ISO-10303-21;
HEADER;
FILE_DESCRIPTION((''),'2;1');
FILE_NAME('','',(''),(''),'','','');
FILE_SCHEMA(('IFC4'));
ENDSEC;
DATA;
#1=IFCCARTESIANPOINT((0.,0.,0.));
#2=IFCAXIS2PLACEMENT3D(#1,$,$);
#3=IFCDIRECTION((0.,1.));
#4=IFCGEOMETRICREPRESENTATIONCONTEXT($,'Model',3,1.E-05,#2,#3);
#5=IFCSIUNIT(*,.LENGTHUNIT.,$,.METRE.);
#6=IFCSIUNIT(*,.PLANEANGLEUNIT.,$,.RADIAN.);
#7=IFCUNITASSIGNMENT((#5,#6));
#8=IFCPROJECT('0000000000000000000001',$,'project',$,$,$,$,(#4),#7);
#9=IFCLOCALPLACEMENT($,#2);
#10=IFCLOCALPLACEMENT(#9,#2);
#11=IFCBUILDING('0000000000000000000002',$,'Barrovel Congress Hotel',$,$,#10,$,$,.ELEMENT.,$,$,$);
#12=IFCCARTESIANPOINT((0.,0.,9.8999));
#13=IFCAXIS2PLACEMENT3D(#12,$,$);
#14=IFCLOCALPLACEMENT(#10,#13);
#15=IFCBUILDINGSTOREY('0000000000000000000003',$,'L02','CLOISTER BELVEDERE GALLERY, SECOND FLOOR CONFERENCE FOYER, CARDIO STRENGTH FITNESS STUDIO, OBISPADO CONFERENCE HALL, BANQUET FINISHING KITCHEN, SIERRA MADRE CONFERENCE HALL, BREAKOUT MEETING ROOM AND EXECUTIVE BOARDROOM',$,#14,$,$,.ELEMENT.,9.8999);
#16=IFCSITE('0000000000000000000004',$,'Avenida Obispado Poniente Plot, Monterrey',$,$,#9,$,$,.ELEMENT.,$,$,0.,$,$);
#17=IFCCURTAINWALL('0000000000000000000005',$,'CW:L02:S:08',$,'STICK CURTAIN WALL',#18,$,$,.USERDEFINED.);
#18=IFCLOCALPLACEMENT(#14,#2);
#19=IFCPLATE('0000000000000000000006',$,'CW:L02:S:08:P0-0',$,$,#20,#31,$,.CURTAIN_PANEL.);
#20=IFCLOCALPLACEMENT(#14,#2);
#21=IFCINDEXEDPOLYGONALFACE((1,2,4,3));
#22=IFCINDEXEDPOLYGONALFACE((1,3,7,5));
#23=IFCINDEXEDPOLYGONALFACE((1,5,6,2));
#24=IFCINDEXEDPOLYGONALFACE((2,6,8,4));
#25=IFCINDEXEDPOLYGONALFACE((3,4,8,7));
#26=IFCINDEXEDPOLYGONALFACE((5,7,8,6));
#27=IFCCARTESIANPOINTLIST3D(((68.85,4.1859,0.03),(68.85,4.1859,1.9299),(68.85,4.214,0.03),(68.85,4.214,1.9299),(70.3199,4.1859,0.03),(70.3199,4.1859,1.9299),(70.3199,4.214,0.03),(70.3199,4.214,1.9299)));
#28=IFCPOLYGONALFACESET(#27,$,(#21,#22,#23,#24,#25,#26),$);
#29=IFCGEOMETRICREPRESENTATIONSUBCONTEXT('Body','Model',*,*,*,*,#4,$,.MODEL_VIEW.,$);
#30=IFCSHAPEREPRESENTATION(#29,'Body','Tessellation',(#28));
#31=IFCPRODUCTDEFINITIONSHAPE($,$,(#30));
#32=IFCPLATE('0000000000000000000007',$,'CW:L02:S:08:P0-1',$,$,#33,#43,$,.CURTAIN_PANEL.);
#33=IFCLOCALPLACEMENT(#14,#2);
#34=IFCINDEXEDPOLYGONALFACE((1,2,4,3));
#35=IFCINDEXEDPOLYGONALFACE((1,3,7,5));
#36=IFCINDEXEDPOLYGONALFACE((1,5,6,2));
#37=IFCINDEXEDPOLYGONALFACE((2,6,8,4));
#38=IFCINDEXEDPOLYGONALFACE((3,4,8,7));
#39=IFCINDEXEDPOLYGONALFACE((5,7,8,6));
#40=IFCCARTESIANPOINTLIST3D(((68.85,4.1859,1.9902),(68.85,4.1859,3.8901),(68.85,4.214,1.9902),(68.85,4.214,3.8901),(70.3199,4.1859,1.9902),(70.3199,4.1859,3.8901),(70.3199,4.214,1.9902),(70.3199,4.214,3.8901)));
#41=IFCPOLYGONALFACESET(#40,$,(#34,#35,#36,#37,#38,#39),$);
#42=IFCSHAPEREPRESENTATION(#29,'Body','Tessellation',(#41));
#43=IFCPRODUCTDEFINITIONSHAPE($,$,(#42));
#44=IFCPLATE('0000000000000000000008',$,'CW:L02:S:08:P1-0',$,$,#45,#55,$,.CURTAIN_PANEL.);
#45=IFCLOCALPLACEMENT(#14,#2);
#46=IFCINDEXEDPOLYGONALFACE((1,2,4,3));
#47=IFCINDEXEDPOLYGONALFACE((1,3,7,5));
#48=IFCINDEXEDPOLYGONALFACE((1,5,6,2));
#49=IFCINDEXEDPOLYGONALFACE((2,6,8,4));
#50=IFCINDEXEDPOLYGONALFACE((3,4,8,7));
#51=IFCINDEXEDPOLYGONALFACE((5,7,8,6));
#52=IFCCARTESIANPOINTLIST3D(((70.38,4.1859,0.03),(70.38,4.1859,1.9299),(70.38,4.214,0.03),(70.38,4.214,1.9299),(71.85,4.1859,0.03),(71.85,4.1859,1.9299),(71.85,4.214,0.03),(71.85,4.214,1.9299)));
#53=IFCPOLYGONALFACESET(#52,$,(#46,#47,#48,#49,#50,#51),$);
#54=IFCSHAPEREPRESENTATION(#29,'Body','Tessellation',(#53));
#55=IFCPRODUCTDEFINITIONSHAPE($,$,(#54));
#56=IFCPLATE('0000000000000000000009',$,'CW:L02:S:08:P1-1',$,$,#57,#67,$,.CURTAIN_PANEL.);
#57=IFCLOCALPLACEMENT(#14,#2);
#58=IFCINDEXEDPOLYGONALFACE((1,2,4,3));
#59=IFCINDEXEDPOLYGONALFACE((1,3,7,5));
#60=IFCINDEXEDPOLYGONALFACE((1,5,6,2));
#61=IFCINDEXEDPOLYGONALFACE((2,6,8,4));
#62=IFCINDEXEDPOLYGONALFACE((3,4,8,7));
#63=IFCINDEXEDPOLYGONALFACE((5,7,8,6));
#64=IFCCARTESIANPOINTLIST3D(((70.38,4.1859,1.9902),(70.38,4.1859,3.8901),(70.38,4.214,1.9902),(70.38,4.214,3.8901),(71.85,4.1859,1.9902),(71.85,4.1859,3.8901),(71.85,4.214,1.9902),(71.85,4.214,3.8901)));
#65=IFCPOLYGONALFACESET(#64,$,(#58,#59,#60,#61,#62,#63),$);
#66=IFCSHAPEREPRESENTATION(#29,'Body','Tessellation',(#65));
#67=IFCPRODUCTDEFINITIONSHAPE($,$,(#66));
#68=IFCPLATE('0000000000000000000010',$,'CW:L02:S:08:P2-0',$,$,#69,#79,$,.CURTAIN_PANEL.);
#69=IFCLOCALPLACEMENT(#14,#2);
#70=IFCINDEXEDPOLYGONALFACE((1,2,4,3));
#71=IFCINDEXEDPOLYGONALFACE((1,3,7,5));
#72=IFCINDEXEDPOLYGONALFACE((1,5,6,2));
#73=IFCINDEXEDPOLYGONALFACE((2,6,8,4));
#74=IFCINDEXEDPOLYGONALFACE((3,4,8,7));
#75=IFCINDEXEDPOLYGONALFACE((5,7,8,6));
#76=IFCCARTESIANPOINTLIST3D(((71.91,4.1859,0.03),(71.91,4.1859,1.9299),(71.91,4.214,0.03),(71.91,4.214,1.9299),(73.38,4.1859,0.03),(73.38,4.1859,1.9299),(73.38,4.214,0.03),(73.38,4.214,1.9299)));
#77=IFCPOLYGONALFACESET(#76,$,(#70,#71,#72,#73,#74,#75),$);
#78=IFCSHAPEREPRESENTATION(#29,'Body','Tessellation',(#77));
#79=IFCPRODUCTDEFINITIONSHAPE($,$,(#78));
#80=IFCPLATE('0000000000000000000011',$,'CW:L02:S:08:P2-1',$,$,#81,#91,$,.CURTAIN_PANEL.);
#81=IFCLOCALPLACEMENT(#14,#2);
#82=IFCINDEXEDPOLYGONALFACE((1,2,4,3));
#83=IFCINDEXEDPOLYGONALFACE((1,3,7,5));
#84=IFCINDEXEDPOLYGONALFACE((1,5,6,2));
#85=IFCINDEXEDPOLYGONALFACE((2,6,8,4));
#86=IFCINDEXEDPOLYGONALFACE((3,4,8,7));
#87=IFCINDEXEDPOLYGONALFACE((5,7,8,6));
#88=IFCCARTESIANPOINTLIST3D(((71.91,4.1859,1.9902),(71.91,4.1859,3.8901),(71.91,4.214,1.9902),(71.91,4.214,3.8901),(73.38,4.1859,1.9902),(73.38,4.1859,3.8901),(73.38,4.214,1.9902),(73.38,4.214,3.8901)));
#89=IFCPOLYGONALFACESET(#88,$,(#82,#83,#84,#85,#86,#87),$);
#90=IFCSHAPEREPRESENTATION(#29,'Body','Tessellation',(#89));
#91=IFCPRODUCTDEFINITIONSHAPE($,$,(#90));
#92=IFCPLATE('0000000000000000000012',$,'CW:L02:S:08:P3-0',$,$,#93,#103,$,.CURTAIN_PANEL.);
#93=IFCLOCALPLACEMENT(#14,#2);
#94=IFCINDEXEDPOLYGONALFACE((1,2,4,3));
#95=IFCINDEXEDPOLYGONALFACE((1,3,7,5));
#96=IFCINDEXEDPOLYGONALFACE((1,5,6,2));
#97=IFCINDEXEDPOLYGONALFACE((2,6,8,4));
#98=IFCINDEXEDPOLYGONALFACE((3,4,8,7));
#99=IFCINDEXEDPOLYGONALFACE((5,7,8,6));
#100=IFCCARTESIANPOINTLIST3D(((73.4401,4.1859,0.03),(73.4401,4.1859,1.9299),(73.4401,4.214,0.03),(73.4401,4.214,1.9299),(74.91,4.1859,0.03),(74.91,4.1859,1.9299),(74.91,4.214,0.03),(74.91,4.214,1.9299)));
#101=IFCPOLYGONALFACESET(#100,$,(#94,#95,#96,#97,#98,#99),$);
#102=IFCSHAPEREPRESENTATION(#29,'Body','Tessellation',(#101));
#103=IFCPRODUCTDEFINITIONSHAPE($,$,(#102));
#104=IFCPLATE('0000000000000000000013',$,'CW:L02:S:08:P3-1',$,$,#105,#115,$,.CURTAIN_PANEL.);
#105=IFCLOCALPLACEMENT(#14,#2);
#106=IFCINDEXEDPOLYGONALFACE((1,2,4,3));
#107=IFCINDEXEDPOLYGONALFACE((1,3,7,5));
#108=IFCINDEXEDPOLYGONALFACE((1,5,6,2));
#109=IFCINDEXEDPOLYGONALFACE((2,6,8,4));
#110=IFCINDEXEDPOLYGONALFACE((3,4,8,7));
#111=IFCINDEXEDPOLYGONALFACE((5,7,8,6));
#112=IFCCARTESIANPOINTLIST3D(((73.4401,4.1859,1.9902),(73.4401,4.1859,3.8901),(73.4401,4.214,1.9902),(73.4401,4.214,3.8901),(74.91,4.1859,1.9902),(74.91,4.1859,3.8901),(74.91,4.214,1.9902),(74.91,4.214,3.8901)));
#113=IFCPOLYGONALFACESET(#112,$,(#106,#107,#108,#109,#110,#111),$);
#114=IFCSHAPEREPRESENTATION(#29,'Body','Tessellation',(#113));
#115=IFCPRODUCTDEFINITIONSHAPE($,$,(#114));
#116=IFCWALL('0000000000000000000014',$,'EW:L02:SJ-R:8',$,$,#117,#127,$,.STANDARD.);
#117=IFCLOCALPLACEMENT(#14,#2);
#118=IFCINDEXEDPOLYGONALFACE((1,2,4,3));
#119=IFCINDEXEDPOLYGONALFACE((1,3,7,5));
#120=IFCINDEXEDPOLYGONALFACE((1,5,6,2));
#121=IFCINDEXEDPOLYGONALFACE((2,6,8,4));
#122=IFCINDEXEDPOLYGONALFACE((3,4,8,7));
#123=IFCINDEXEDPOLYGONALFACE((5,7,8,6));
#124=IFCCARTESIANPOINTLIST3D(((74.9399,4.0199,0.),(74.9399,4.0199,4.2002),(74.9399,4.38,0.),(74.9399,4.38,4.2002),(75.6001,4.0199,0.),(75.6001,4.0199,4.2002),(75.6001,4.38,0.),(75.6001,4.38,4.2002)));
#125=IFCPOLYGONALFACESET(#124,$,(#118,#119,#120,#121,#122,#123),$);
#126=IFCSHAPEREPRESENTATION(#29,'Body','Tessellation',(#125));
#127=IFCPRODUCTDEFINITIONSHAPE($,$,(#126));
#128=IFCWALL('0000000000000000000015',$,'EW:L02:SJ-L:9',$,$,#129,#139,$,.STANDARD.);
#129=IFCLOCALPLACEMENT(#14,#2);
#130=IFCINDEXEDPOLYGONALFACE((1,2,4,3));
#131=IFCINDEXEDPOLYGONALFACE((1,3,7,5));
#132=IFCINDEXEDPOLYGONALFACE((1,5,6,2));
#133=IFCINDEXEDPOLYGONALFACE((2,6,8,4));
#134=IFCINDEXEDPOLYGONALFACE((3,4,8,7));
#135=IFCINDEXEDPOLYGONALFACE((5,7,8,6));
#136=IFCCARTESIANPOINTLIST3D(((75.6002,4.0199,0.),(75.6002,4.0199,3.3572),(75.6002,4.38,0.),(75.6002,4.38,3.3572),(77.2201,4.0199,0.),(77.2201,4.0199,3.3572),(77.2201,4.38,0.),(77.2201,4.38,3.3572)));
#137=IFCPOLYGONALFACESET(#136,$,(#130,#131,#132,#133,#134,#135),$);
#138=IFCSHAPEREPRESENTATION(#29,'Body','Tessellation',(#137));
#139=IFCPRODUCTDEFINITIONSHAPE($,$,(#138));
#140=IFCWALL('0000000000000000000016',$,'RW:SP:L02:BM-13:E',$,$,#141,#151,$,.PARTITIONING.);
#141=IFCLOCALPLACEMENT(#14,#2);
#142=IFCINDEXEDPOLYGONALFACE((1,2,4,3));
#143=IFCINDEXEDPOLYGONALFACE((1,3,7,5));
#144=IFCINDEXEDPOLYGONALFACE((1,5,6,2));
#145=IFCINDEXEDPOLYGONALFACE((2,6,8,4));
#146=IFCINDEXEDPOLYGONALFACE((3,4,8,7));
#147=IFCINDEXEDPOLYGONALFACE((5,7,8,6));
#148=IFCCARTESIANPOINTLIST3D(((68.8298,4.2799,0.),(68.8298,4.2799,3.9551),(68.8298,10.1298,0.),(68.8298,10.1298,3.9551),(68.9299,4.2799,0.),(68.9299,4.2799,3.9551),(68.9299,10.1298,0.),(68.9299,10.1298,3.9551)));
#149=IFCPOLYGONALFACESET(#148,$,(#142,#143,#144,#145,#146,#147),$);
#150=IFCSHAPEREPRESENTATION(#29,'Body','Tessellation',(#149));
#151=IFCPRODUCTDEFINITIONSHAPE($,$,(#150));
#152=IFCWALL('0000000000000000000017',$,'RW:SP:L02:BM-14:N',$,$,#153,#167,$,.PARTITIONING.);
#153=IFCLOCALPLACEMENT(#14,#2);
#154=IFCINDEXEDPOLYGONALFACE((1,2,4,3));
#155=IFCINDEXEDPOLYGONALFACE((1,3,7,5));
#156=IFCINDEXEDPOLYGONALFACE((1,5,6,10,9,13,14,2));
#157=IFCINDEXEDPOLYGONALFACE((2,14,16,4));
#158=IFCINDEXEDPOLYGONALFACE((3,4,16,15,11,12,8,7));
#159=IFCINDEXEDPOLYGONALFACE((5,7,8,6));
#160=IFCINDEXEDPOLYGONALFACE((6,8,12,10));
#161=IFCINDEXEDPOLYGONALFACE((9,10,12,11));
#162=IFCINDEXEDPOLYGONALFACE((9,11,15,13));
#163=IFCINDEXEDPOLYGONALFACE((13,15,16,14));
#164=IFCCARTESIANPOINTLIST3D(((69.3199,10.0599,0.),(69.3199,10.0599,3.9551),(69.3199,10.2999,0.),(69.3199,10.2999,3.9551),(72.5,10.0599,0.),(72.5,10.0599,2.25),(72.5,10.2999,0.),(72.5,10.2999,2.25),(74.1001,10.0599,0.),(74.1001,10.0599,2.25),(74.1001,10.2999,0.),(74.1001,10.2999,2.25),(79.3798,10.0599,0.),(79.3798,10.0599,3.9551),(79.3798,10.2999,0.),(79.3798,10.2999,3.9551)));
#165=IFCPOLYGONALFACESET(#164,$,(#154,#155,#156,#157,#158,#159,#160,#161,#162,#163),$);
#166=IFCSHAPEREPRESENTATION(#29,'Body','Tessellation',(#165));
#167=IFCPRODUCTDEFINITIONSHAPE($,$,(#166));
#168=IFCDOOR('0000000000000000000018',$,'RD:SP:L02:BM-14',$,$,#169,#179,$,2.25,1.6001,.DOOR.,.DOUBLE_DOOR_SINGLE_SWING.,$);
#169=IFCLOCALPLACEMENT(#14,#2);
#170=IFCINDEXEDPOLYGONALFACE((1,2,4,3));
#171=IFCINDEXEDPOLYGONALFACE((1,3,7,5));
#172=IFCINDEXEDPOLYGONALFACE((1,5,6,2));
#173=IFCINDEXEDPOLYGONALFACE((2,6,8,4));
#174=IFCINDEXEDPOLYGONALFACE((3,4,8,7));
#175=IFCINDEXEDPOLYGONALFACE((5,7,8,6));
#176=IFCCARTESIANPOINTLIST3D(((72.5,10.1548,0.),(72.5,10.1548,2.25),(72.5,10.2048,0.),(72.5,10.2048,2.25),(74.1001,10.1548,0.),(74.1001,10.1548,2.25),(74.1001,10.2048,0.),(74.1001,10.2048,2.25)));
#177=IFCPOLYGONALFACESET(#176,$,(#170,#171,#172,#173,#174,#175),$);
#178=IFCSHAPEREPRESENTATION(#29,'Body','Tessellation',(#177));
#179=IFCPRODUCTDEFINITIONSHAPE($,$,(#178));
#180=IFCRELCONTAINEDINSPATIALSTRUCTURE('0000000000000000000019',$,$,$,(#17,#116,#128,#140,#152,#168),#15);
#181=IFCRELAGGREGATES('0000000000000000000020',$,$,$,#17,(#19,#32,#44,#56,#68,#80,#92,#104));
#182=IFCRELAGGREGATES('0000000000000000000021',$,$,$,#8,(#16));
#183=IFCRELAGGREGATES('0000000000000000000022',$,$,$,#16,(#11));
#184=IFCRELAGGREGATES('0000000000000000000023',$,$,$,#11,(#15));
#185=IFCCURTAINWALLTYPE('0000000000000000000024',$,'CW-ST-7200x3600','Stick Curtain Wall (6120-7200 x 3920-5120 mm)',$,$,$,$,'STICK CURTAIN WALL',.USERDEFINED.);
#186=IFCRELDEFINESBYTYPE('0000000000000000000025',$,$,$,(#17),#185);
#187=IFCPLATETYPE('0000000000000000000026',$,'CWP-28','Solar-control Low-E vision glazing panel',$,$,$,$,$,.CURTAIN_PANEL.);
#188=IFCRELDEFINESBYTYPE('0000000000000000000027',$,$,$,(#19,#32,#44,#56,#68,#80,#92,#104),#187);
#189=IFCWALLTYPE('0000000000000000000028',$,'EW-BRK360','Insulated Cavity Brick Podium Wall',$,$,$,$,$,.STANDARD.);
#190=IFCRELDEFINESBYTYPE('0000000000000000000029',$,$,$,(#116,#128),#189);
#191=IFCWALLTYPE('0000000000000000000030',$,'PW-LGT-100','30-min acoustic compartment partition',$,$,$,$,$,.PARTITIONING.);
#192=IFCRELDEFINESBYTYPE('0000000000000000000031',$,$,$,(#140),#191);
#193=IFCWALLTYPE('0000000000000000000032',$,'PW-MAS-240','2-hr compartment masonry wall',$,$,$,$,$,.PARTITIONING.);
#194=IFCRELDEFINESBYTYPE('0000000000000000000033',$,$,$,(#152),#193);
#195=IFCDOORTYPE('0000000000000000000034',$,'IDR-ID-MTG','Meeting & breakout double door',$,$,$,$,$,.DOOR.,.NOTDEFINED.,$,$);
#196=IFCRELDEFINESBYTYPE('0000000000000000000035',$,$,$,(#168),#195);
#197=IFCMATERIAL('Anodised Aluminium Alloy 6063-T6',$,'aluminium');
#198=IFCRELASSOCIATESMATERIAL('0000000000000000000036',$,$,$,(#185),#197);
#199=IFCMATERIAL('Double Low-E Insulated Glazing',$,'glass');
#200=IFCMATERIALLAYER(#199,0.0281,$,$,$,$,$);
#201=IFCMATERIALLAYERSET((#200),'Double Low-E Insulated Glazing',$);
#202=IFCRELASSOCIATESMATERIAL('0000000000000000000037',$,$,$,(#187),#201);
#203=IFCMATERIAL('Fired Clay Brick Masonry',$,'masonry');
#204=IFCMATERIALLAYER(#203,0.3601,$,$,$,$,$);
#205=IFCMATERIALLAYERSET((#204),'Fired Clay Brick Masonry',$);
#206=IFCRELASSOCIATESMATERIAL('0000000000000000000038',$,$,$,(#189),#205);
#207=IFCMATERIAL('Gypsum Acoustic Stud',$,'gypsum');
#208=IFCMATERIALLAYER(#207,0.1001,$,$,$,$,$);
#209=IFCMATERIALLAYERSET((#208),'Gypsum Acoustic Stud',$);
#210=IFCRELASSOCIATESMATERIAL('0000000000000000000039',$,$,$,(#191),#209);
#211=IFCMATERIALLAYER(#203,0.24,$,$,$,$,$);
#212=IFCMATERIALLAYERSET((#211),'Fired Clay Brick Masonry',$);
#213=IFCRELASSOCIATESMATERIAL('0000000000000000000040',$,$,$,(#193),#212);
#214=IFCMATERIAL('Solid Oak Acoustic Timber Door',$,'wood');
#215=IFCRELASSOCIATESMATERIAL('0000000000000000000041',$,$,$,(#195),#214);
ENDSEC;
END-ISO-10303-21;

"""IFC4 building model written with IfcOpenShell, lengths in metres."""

from ifc_helpers import new_model, si_unit, direction, frame, frame_2d, origin, origin_2d, place, context, subcontext, project, spatial, rectangle, extrude, material, layer, layer_set, type_object, element, fill, aggregate, save


model = new_model("IFC4")

# Units and contexts
model_context = context("Model", 3, precision=1e-05, world=origin(), true_north=direction((0.0, 1.0)))
body_context = subcontext(model_context, "Body", "Model", "MODEL_VIEW")
ifc_project = project(units=[si_unit("LENGTHUNIT", "METRE"), si_unit("PLANEANGLEUNIT", "RADIAN")], contexts=[model_context])

# Site, building, storey
site_placement = place(None, origin())
site = spatial("IfcSite", under=ifc_project, at=site_placement, Name="Avenida Obispado Poniente Plot, Monterrey", CompositionType="ELEMENT", RefElevation=0.0)
building_placement = place(site_placement, origin())
building = spatial("IfcBuilding", under=site, at=building_placement, Name="Barrovel Congress Hotel", CompositionType="ELEMENT")
storey_placement = place(building_placement, frame((0.0, 0.0, 9.8999)))
storey = spatial("IfcBuildingStorey", under=building, at=storey_placement, Name="L02", Description="CLOISTER BELVEDERE GALLERY, SECOND FLOOR CONFERENCE FOYER, CARDIO STRENGTH FITNESS STUDIO, OBISPADO CONFERENCE HALL, BANQUET FINISHING KITCHEN, SIERRA MADRE CONFERENCE HALL, BREAKOUT MEETING ROOM AND EXECUTIVE BOARDROOM", CompositionType="ELEMENT", Elevation=9.8999)

# Curtain wall
ifc_material_1 = material(Name="Anodised Aluminium Alloy 6063-T6", Category="aluminium")
curtain_wall_type = type_object("IfcCurtainWallType", Name="CW-ST-7200x3600", Description="Stick Curtain Wall (6120-7200 x 3920-5120 mm)", ElementType="STICK CURTAIN WALL", PredefinedType="USERDEFINED", material=ifc_material_1)
curtain_wall_placement = place(storey_placement, origin())
curtain_wall = element("IfcCurtainWall", 1, at=curtain_wall_placement, inside=storey, type_object=curtain_wall_type, Name="CW:L02:S:08", ObjectType="STICK CURTAIN WALL", PredefinedType="USERDEFINED")

# Plates
ifc_material_2 = material(Name="Double Low-E Insulated Glazing", Category="glass")
ifc_layer_1 = layer(ifc_material_2, 0.0281)
ifc_layer_set_1 = layer_set([ifc_layer_1], Name="Double Low-E Insulated Glazing")
plate_type = type_object("IfcPlateType", Name="CWP-28", Description="Solar-control Low-E vision glazing panel", PredefinedType="CURTAIN_PANEL", material=ifc_layer_set_1)
plate_1_placement = place(storey_placement, frame((69.585, 4.2, 0.03), z_axis=(0.0, 0.0, 1.0), x_axis=(1.0, 0.0, 0.0)))
plate_1 = element("IfcPlate", 2, at=plate_1_placement, type_object=plate_type, Name="CW:L02:S:08:P0-0", PredefinedType="CURTAIN_PANEL", context=body_context, shape_type="SweptSolid", body=[
    extrude(rectangle(XDim=1.47, YDim=0.0281, at=origin_2d()), origin(), (0.0, 0.0, 1.0), 1.8999),
])
plate_2_placement = place(storey_placement, frame((69.585, 4.2, 1.9902), z_axis=(0.0, 0.0, 1.0), x_axis=(1.0, 0.0, 0.0)))
plate_2 = element("IfcPlate", 3, at=plate_2_placement, type_object=plate_type, Name="CW:L02:S:08:P0-1", PredefinedType="CURTAIN_PANEL", context=body_context, shape_type="SweptSolid", body=[
    extrude(rectangle(XDim=1.47, YDim=0.0281, at=origin_2d()), origin(), (0.0, 0.0, 1.0), 1.8999),
])
plate_3_placement = place(storey_placement, frame((71.115, 4.2, 0.03), z_axis=(0.0, 0.0, 1.0), x_axis=(1.0, 0.0, 0.0)))
plate_3 = element("IfcPlate", 4, at=plate_3_placement, type_object=plate_type, Name="CW:L02:S:08:P1-0", PredefinedType="CURTAIN_PANEL", context=body_context, shape_type="SweptSolid", body=[
    extrude(rectangle(XDim=1.47, YDim=0.0281, at=origin_2d()), origin(), (0.0, 0.0, 1.0), 1.8999),
])
plate_4_placement = place(storey_placement, frame((71.115, 4.2, 1.9902), z_axis=(0.0, 0.0, 1.0), x_axis=(1.0, 0.0, 0.0)))
plate_4 = element("IfcPlate", 5, at=plate_4_placement, type_object=plate_type, Name="CW:L02:S:08:P1-1", PredefinedType="CURTAIN_PANEL", context=body_context, shape_type="SweptSolid", body=[
    extrude(rectangle(XDim=1.47, YDim=0.0281, at=origin_2d()), origin(), (0.0, 0.0, 1.0), 1.8999),
])
plate_5_placement = place(storey_placement, frame((72.645, 4.2, 0.03), z_axis=(0.0, 0.0, 1.0), x_axis=(1.0, 0.0, 0.0)))
plate_5 = element("IfcPlate", 6, at=plate_5_placement, type_object=plate_type, Name="CW:L02:S:08:P2-0", PredefinedType="CURTAIN_PANEL", context=body_context, shape_type="SweptSolid", body=[
    extrude(rectangle(XDim=1.47, YDim=0.0281, at=origin_2d()), origin(), (0.0, 0.0, 1.0), 1.8999),
])
plate_6_placement = place(storey_placement, frame((72.645, 4.2, 1.9902), z_axis=(0.0, 0.0, 1.0), x_axis=(1.0, 0.0, 0.0)))
plate_6 = element("IfcPlate", 7, at=plate_6_placement, type_object=plate_type, Name="CW:L02:S:08:P2-1", PredefinedType="CURTAIN_PANEL", context=body_context, shape_type="SweptSolid", body=[
    extrude(rectangle(XDim=1.47, YDim=0.0281, at=origin_2d()), origin(), (0.0, 0.0, 1.0), 1.8999),
])
plate_7_placement = place(storey_placement, frame((74.175, 4.2, 0.03), z_axis=(0.0, 0.0, 1.0), x_axis=(1.0, 0.0, 0.0)))
plate_7 = element("IfcPlate", 8, at=plate_7_placement, type_object=plate_type, Name="CW:L02:S:08:P3-0", PredefinedType="CURTAIN_PANEL", context=body_context, shape_type="SweptSolid", body=[
    extrude(rectangle(XDim=1.47, YDim=0.0281, at=origin_2d()), origin(), (0.0, 0.0, 1.0), 1.8999),
])
plate_8_placement = place(storey_placement, frame((74.175, 4.2, 1.9902), z_axis=(0.0, 0.0, 1.0), x_axis=(1.0, 0.0, 0.0)))
plate_8 = element("IfcPlate", 9, at=plate_8_placement, type_object=plate_type, Name="CW:L02:S:08:P3-1", PredefinedType="CURTAIN_PANEL", context=body_context, shape_type="SweptSolid", body=[
    extrude(rectangle(XDim=1.47, YDim=0.0281, at=origin_2d()), origin(), (0.0, 0.0, 1.0), 1.8999),
])
aggregate(curtain_wall, [plate_1, plate_2, plate_3, plate_4, plate_5, plate_6, plate_7, plate_8])

# Walls
ifc_material_3 = material(Name="Fired Clay Brick Masonry", Category="masonry")
ifc_layer_2 = layer(ifc_material_3, 0.3601)
ifc_layer_set_2 = layer_set([ifc_layer_2], Name="Fired Clay Brick Masonry")
wall_type_1 = type_object("IfcWallType", Name="EW-BRK360", Description="Insulated Cavity Brick Podium Wall", PredefinedType="STANDARD", material=ifc_layer_set_2)
wall_1_placement = place(storey_placement, frame((74.9399, 4.2, 0.0), z_axis=(0.0, 0.0, 1.0), x_axis=(1.0, 0.0, 0.0)))
element("IfcWall", 10, at=wall_1_placement, inside=storey, type_object=wall_type_1, Name="EW:L02:SJ-R:8", PredefinedType="STANDARD", context=body_context, shape_type="SweptSolid", body=[
    extrude(rectangle(XDim=0.6602, YDim=0.3601, at=frame_2d((0.3301, 0.0))), origin(), (0.0, 0.0, 1.0), 4.2002),
])
wall_2_placement = place(storey_placement, frame((75.6001, 4.2, 0.0), z_axis=(0.0, 0.0, 1.0), x_axis=(1.0, 0.0, 0.0)))
element("IfcWall", 11, at=wall_2_placement, inside=storey, type_object=wall_type_1, Name="EW:L02:SJ-L:9", PredefinedType="STANDARD", context=body_context, shape_type="SweptSolid", body=[
    extrude(rectangle(XDim=1.6199, YDim=0.3601, at=frame_2d((0.8101, 0.0))), origin(), (0.0, 0.0, 1.0), 3.3572),
])
ifc_material_4 = material(Name="Gypsum Acoustic Stud", Category="gypsum")
ifc_layer_3 = layer(ifc_material_4, 0.1001)
ifc_layer_set_3 = layer_set([ifc_layer_3], Name="Gypsum Acoustic Stud")
wall_type_2 = type_object("IfcWallType", Name="PW-LGT-100", Description="30-min acoustic compartment partition", PredefinedType="PARTITIONING", material=ifc_layer_set_3)
wall_3_placement = place(storey_placement, frame((68.8799, 4.28, 0.0), z_axis=(0.0, 0.0, 1.0), x_axis=(0.0, 1.0, 0.0)))
element("IfcWall", 12, at=wall_3_placement, inside=storey, type_object=wall_type_2, Name="RW:SP:L02:BM-13:E", PredefinedType="PARTITIONING", context=body_context, shape_type="SweptSolid", body=[
    extrude(rectangle(XDim=5.8499, YDim=0.1001, at=frame_2d((2.9248, 0.0))), origin(), (0.0, 0.0, 1.0), 3.9551),
])

# Wall, opening, door
ifc_layer_4 = layer(ifc_material_3, 0.24)
ifc_layer_set_4 = layer_set([ifc_layer_4], Name="Fired Clay Brick Masonry")
wall_type_3 = type_object("IfcWallType", Name="PW-MAS-240", Description="2-hr compartment masonry wall", PredefinedType="PARTITIONING", material=ifc_layer_set_4)
wall_4_placement = place(storey_placement, frame((69.3201, 10.1799, 0.0), z_axis=(0.0, 0.0, 1.0), x_axis=(1.0, 0.0, 0.0)))
wall_4 = element("IfcWall", 13, at=wall_4_placement, inside=storey, type_object=wall_type_3, Name="RW:SP:L02:BM-14:N", PredefinedType="PARTITIONING", context=body_context, shape_type="SweptSolid", body=[
    extrude(rectangle(XDim=10.0598, YDim=0.24, at=frame_2d((5.0298, 0.0))), origin(), (0.0, 0.0, 1.0), 3.9551),
])
opening_1_placement = place(wall_4_placement, frame((3.1799, 0.0, 0.0)))
opening_1 = element("IfcOpeningElement", 14, at=opening_1_placement, cuts=wall_4, PredefinedType="OPENING", context=body_context, shape_type="SweptSolid", body=[
    extrude(rectangle(XDim=1.6001, YDim=2.25, at=frame_2d((0.8, 1.125))), frame((0.0, 0.1299, 0.0), z_axis=(0.0, -1.0, 0.0), x_axis=(1.0, 0.0, 0.0)), (0.0, 0.0, 1.0), 0.26),
])
ifc_material_5 = material(Name="Solid Oak Acoustic Timber Door", Category="wood")
door_type_1 = type_object("IfcDoorType", Name="IDR-ID-MTG", Description="Meeting & breakout double door", OperationType="NOTDEFINED", PredefinedType="DOOR", material=ifc_material_5)
door_1_placement = place(opening_1_placement, origin())
door_1 = element("IfcDoor", 15, at=door_1_placement, inside=storey, type_object=door_type_1, Name="RD:SP:L02:BM-14", OperationType="DOUBLE_DOOR_SINGLE_SWING", OverallHeight=2.25, OverallWidth=1.6001, PredefinedType="DOOR", context=body_context, shape_type="SweptSolid", body=[
    extrude(rectangle(XDim=1.6001, YDim=2.25, at=frame_2d((0.8, 1.125))), frame((0.0, 0.0249, 0.0), z_axis=(0.0, -1.0, 0.0), x_axis=(1.0, 0.0, 0.0)), (0.0, 0.0, 1.0), 0.05),
])
fill(opening_1, door_1)

save(model, "model.ifc")
